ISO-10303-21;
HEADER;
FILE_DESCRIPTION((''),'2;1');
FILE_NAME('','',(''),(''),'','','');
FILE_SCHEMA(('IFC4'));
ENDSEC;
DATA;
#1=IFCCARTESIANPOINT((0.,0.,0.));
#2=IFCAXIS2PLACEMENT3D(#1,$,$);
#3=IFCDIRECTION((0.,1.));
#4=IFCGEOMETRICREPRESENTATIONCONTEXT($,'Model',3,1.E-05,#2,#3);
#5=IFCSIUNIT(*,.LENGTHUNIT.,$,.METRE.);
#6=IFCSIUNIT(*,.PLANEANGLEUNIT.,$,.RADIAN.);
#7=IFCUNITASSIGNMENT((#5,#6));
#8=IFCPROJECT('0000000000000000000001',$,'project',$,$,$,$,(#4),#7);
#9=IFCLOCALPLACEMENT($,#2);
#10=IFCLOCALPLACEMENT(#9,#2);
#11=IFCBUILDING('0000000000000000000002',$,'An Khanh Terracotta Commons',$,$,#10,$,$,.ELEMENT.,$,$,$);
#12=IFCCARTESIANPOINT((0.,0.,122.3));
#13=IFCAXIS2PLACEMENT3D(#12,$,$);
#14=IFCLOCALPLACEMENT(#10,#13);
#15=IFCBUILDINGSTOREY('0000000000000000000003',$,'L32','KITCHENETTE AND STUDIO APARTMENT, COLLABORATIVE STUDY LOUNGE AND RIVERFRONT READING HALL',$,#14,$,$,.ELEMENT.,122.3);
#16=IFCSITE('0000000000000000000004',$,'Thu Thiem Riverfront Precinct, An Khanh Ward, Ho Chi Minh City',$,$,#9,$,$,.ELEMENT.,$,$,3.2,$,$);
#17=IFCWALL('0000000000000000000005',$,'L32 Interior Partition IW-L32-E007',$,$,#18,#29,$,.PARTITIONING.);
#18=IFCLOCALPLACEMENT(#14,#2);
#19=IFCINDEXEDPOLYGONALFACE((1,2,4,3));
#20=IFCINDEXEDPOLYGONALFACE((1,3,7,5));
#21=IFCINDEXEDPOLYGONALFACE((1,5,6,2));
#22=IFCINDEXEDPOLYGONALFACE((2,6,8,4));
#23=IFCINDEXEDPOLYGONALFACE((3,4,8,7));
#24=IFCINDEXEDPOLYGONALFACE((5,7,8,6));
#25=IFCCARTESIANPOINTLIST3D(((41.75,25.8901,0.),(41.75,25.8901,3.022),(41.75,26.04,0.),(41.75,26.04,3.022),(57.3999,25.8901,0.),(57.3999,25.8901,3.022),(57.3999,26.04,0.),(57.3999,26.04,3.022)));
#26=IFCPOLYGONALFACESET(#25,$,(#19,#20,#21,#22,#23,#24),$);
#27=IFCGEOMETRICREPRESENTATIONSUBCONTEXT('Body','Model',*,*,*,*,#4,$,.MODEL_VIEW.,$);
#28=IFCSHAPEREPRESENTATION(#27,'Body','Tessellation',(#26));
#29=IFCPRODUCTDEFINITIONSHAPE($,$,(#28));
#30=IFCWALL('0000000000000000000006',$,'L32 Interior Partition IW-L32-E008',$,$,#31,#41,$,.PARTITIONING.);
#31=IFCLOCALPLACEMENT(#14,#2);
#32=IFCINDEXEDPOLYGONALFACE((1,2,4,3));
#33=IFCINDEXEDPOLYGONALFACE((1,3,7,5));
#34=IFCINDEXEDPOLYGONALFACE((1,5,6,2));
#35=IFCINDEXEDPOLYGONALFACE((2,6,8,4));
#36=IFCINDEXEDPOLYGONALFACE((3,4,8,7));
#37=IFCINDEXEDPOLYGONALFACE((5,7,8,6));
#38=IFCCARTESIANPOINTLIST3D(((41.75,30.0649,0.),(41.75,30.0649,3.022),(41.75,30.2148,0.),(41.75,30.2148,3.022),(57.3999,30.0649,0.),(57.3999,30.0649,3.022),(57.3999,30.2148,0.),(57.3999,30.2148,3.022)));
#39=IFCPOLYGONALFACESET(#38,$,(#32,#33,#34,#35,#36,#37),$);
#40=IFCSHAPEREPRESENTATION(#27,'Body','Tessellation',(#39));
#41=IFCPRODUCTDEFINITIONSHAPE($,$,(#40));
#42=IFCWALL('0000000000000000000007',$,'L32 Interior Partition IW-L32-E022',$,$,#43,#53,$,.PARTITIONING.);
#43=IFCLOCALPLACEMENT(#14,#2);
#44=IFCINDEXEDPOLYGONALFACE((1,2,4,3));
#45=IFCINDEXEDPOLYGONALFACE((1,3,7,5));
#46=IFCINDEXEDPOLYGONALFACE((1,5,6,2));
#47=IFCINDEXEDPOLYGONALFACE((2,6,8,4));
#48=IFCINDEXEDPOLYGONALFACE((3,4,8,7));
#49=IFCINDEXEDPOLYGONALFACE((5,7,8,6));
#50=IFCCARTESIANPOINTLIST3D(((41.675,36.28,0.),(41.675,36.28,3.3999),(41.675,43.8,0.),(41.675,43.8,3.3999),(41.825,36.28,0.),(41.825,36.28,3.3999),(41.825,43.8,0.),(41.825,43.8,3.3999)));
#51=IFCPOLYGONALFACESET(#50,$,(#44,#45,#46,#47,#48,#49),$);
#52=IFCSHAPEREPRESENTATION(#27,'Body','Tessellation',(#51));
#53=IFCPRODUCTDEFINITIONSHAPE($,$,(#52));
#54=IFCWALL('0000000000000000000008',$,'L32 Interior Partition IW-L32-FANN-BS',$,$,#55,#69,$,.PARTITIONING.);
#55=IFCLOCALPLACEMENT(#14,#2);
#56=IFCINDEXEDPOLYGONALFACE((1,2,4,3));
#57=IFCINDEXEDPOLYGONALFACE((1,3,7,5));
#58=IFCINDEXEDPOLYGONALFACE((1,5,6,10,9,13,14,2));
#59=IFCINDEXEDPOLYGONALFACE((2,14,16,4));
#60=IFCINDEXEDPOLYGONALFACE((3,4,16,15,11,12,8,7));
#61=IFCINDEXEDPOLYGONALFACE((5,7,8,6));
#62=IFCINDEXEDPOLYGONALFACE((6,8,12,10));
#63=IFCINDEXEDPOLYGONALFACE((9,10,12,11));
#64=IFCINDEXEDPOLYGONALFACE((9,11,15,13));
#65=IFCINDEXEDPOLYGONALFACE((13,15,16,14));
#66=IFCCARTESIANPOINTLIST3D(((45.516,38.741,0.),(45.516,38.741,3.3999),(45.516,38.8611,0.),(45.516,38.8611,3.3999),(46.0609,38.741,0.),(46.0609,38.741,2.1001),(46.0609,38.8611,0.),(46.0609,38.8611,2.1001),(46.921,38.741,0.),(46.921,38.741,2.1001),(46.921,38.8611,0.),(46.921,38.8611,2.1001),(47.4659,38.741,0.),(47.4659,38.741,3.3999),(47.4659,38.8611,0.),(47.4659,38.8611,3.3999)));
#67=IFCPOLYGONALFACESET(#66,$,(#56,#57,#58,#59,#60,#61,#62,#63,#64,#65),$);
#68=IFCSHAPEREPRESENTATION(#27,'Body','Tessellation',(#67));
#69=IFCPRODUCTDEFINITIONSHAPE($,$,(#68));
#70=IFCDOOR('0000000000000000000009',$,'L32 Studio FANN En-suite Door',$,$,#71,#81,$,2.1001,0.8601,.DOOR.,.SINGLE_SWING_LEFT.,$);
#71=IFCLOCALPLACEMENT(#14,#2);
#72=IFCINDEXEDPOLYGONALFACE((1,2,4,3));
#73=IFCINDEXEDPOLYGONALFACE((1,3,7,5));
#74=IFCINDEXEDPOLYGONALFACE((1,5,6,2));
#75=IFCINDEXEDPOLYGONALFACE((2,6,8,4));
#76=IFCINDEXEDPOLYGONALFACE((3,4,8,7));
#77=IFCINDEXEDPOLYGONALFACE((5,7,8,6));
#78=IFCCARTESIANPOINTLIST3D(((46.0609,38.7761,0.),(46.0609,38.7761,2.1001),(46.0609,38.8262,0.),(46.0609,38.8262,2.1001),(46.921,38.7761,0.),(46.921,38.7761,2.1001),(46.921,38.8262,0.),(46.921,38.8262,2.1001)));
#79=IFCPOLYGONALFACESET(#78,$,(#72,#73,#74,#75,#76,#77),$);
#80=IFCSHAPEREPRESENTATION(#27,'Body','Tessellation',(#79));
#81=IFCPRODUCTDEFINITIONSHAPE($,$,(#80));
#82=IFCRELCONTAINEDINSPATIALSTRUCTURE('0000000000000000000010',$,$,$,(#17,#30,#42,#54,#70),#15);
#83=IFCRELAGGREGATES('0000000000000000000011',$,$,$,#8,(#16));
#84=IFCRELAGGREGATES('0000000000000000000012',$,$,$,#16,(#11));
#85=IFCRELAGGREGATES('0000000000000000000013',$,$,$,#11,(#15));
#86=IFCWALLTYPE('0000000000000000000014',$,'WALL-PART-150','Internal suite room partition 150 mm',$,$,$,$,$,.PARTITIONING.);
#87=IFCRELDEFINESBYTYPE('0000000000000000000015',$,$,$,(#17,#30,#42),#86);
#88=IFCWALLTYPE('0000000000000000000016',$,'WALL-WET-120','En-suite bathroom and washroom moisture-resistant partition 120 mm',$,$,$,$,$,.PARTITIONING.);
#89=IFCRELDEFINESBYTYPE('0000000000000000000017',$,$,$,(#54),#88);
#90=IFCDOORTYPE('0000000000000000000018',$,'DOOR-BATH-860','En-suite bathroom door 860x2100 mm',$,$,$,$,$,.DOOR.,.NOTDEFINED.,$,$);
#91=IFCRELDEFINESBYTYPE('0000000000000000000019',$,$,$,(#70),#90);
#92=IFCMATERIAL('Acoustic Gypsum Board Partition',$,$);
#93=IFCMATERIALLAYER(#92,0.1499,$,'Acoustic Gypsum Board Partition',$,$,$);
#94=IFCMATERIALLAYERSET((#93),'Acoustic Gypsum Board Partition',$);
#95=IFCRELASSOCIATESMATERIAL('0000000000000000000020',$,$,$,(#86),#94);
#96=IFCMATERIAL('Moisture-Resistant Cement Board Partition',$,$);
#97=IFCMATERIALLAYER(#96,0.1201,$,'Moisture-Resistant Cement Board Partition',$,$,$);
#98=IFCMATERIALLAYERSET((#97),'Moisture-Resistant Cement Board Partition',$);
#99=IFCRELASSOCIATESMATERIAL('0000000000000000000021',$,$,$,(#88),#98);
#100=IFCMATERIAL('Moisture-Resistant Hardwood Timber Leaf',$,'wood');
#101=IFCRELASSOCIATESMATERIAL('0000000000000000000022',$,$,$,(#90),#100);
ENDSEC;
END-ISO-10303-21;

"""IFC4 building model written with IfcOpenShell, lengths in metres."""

from ifc_helpers import new_model, si_unit, direction, frame, frame_2d, origin, place, context, subcontext, project, spatial, rectangle, extrude, material, layer, layer_set, type_object, element, fill, save


model = new_model("IFC4")

# Units and contexts
model_context = context("Model", 3, precision=1e-05, world=origin(), true_north=direction((0.0, 1.0)))
body_context = subcontext(model_context, "Body", "Model", "MODEL_VIEW")
ifc_project = project(units=[si_unit("LENGTHUNIT", "METRE"), si_unit("PLANEANGLEUNIT", "RADIAN")], contexts=[model_context])

# Site, building, storey
site_placement = place(None, origin())
site = spatial("IfcSite", under=ifc_project, at=site_placement, Name="Thu Thiem Riverfront Precinct, An Khanh Ward, Ho Chi Minh City", CompositionType="ELEMENT", RefElevation=3.2)
building_placement = place(site_placement, origin())
building = spatial("IfcBuilding", under=site, at=building_placement, Name="An Khanh Terracotta Commons", CompositionType="ELEMENT")
storey_placement = place(building_placement, frame((0.0, 0.0, 122.3)))
storey = spatial("IfcBuildingStorey", under=building, at=storey_placement, Name="L32", Description="KITCHENETTE AND STUDIO APARTMENT, COLLABORATIVE STUDY LOUNGE AND RIVERFRONT READING HALL", CompositionType="ELEMENT", Elevation=122.3)

# Walls
ifc_material_1 = material(Name="Acoustic Gypsum Board Partition")
ifc_layer_1 = layer(ifc_material_1, 0.1499, Name="Acoustic Gypsum Board Partition")
ifc_layer_set_1 = layer_set([ifc_layer_1], Name="Acoustic Gypsum Board Partition")
wall_type_1 = type_object("IfcWallType", Name="WALL-PART-150", Description="Internal suite room partition 150 mm", PredefinedType="PARTITIONING", material=ifc_layer_set_1)
for number, where, z_axis, x_axis, name in (
    (1, (41.75, 25.9651, 0.0), (0.0, 0.0, 1.0), (1.0, 0.0, 0.0), "L32 Interior Partition IW-L32-E007"),
    (2, (41.75, 30.1399, 0.0), (0.0, 0.0, 1.0), (1.0, 0.0, 0.0), "L32 Interior Partition IW-L32-E008"),
):
    element("IfcWall", number, at=place(storey_placement, frame(where, z_axis=z_axis, x_axis=x_axis)), inside=storey, type_object=wall_type_1, Name=name, PredefinedType="PARTITIONING", context=body_context, shape_type="SweptSolid", body=[
        extrude(rectangle(XDim=15.6499, YDim=0.1499, at=frame_2d((7.825, 0.0))), origin(), (0.0, 0.0, 1.0), 3.022),
    ])
wall_1_placement = place(storey_placement, frame((41.75, 36.28, 0.0), z_axis=(0.0, 0.0, 1.0), x_axis=(0.0, 1.0, 0.0)))
element("IfcWall", 3, at=wall_1_placement, inside=storey, type_object=wall_type_1, Name="L32 Interior Partition IW-L32-E022", PredefinedType="PARTITIONING", context=body_context, shape_type="SweptSolid", body=[
    extrude(rectangle(XDim=7.52, YDim=0.1499, at=frame_2d((3.76, 0.0))), origin(), (0.0, 0.0, 1.0), 3.3999),
])

# Wall, opening, door
ifc_material_2 = material(Name="Moisture-Resistant Cement Board Partition")
ifc_layer_2 = layer(ifc_material_2, 0.1201, Name="Moisture-Resistant Cement Board Partition")
ifc_layer_set_2 = layer_set([ifc_layer_2], Name="Moisture-Resistant Cement Board Partition")
wall_type_2 = type_object("IfcWallType", Name="WALL-WET-120", Description="En-suite bathroom and washroom moisture-resistant partition 120 mm", PredefinedType="PARTITIONING", material=ifc_layer_set_2)
wall_2_placement = place(storey_placement, frame((47.4661, 38.801, 0.0), z_axis=(0.0, 0.0, 1.0), x_axis=(-1.0, 0.0, 0.0)))
wall_2 = element("IfcWall", 4, at=wall_2_placement, inside=storey, type_object=wall_type_2, Name="L32 Interior Partition IW-L32-FANN-BS", PredefinedType="PARTITIONING", context=body_context, shape_type="SweptSolid", body=[
    extrude(rectangle(XDim=1.95, YDim=0.1201, at=frame_2d((0.9751, 0.0))), origin(), (0.0, 0.0, 1.0), 3.3999),
])
opening_1_placement = place(wall_2_placement, frame((0.5449, 0.0, 0.0)))
opening_1 = element("IfcOpeningElement", 5, at=opening_1_placement, cuts=wall_2, PredefinedType="OPENING", context=body_context, shape_type="SweptSolid", body=[
    extrude(rectangle(XDim=0.8601, YDim=2.1001, at=frame_2d((0.4302, 1.05))), frame((0.0, 0.0701, 0.0), z_axis=(0.0, -1.0, 0.0), x_axis=(1.0, 0.0, 0.0)), (0.0, 0.0, 1.0), 0.1401),
])
ifc_material_3 = material(Name="Moisture-Resistant Hardwood Timber Leaf", Category="wood")
door_type_1 = type_object("IfcDoorType", Name="DOOR-BATH-860", Description="En-suite bathroom door 860x2100 mm", OperationType="NOTDEFINED", PredefinedType="DOOR", material=ifc_material_3)
door_1_placement = place(opening_1_placement, origin())
door_1 = element("IfcDoor", 6, at=door_1_placement, inside=storey, type_object=door_type_1, Name="L32 Studio FANN En-suite Door", OperationType="SINGLE_SWING_LEFT", OverallHeight=2.1001, OverallWidth=0.8601, PredefinedType="DOOR", context=body_context, shape_type="SweptSolid", body=[
    extrude(rectangle(XDim=0.8601, YDim=2.1001, at=frame_2d((0.4302, 1.05))), frame((0.0, 0.0249, 0.0), z_axis=(0.0, -1.0, 0.0), x_axis=(1.0, 0.0, 0.0)), (0.0, 0.0, 1.0), 0.05),
])
fill(opening_1, door_1)

save(model, "model.ifc")
